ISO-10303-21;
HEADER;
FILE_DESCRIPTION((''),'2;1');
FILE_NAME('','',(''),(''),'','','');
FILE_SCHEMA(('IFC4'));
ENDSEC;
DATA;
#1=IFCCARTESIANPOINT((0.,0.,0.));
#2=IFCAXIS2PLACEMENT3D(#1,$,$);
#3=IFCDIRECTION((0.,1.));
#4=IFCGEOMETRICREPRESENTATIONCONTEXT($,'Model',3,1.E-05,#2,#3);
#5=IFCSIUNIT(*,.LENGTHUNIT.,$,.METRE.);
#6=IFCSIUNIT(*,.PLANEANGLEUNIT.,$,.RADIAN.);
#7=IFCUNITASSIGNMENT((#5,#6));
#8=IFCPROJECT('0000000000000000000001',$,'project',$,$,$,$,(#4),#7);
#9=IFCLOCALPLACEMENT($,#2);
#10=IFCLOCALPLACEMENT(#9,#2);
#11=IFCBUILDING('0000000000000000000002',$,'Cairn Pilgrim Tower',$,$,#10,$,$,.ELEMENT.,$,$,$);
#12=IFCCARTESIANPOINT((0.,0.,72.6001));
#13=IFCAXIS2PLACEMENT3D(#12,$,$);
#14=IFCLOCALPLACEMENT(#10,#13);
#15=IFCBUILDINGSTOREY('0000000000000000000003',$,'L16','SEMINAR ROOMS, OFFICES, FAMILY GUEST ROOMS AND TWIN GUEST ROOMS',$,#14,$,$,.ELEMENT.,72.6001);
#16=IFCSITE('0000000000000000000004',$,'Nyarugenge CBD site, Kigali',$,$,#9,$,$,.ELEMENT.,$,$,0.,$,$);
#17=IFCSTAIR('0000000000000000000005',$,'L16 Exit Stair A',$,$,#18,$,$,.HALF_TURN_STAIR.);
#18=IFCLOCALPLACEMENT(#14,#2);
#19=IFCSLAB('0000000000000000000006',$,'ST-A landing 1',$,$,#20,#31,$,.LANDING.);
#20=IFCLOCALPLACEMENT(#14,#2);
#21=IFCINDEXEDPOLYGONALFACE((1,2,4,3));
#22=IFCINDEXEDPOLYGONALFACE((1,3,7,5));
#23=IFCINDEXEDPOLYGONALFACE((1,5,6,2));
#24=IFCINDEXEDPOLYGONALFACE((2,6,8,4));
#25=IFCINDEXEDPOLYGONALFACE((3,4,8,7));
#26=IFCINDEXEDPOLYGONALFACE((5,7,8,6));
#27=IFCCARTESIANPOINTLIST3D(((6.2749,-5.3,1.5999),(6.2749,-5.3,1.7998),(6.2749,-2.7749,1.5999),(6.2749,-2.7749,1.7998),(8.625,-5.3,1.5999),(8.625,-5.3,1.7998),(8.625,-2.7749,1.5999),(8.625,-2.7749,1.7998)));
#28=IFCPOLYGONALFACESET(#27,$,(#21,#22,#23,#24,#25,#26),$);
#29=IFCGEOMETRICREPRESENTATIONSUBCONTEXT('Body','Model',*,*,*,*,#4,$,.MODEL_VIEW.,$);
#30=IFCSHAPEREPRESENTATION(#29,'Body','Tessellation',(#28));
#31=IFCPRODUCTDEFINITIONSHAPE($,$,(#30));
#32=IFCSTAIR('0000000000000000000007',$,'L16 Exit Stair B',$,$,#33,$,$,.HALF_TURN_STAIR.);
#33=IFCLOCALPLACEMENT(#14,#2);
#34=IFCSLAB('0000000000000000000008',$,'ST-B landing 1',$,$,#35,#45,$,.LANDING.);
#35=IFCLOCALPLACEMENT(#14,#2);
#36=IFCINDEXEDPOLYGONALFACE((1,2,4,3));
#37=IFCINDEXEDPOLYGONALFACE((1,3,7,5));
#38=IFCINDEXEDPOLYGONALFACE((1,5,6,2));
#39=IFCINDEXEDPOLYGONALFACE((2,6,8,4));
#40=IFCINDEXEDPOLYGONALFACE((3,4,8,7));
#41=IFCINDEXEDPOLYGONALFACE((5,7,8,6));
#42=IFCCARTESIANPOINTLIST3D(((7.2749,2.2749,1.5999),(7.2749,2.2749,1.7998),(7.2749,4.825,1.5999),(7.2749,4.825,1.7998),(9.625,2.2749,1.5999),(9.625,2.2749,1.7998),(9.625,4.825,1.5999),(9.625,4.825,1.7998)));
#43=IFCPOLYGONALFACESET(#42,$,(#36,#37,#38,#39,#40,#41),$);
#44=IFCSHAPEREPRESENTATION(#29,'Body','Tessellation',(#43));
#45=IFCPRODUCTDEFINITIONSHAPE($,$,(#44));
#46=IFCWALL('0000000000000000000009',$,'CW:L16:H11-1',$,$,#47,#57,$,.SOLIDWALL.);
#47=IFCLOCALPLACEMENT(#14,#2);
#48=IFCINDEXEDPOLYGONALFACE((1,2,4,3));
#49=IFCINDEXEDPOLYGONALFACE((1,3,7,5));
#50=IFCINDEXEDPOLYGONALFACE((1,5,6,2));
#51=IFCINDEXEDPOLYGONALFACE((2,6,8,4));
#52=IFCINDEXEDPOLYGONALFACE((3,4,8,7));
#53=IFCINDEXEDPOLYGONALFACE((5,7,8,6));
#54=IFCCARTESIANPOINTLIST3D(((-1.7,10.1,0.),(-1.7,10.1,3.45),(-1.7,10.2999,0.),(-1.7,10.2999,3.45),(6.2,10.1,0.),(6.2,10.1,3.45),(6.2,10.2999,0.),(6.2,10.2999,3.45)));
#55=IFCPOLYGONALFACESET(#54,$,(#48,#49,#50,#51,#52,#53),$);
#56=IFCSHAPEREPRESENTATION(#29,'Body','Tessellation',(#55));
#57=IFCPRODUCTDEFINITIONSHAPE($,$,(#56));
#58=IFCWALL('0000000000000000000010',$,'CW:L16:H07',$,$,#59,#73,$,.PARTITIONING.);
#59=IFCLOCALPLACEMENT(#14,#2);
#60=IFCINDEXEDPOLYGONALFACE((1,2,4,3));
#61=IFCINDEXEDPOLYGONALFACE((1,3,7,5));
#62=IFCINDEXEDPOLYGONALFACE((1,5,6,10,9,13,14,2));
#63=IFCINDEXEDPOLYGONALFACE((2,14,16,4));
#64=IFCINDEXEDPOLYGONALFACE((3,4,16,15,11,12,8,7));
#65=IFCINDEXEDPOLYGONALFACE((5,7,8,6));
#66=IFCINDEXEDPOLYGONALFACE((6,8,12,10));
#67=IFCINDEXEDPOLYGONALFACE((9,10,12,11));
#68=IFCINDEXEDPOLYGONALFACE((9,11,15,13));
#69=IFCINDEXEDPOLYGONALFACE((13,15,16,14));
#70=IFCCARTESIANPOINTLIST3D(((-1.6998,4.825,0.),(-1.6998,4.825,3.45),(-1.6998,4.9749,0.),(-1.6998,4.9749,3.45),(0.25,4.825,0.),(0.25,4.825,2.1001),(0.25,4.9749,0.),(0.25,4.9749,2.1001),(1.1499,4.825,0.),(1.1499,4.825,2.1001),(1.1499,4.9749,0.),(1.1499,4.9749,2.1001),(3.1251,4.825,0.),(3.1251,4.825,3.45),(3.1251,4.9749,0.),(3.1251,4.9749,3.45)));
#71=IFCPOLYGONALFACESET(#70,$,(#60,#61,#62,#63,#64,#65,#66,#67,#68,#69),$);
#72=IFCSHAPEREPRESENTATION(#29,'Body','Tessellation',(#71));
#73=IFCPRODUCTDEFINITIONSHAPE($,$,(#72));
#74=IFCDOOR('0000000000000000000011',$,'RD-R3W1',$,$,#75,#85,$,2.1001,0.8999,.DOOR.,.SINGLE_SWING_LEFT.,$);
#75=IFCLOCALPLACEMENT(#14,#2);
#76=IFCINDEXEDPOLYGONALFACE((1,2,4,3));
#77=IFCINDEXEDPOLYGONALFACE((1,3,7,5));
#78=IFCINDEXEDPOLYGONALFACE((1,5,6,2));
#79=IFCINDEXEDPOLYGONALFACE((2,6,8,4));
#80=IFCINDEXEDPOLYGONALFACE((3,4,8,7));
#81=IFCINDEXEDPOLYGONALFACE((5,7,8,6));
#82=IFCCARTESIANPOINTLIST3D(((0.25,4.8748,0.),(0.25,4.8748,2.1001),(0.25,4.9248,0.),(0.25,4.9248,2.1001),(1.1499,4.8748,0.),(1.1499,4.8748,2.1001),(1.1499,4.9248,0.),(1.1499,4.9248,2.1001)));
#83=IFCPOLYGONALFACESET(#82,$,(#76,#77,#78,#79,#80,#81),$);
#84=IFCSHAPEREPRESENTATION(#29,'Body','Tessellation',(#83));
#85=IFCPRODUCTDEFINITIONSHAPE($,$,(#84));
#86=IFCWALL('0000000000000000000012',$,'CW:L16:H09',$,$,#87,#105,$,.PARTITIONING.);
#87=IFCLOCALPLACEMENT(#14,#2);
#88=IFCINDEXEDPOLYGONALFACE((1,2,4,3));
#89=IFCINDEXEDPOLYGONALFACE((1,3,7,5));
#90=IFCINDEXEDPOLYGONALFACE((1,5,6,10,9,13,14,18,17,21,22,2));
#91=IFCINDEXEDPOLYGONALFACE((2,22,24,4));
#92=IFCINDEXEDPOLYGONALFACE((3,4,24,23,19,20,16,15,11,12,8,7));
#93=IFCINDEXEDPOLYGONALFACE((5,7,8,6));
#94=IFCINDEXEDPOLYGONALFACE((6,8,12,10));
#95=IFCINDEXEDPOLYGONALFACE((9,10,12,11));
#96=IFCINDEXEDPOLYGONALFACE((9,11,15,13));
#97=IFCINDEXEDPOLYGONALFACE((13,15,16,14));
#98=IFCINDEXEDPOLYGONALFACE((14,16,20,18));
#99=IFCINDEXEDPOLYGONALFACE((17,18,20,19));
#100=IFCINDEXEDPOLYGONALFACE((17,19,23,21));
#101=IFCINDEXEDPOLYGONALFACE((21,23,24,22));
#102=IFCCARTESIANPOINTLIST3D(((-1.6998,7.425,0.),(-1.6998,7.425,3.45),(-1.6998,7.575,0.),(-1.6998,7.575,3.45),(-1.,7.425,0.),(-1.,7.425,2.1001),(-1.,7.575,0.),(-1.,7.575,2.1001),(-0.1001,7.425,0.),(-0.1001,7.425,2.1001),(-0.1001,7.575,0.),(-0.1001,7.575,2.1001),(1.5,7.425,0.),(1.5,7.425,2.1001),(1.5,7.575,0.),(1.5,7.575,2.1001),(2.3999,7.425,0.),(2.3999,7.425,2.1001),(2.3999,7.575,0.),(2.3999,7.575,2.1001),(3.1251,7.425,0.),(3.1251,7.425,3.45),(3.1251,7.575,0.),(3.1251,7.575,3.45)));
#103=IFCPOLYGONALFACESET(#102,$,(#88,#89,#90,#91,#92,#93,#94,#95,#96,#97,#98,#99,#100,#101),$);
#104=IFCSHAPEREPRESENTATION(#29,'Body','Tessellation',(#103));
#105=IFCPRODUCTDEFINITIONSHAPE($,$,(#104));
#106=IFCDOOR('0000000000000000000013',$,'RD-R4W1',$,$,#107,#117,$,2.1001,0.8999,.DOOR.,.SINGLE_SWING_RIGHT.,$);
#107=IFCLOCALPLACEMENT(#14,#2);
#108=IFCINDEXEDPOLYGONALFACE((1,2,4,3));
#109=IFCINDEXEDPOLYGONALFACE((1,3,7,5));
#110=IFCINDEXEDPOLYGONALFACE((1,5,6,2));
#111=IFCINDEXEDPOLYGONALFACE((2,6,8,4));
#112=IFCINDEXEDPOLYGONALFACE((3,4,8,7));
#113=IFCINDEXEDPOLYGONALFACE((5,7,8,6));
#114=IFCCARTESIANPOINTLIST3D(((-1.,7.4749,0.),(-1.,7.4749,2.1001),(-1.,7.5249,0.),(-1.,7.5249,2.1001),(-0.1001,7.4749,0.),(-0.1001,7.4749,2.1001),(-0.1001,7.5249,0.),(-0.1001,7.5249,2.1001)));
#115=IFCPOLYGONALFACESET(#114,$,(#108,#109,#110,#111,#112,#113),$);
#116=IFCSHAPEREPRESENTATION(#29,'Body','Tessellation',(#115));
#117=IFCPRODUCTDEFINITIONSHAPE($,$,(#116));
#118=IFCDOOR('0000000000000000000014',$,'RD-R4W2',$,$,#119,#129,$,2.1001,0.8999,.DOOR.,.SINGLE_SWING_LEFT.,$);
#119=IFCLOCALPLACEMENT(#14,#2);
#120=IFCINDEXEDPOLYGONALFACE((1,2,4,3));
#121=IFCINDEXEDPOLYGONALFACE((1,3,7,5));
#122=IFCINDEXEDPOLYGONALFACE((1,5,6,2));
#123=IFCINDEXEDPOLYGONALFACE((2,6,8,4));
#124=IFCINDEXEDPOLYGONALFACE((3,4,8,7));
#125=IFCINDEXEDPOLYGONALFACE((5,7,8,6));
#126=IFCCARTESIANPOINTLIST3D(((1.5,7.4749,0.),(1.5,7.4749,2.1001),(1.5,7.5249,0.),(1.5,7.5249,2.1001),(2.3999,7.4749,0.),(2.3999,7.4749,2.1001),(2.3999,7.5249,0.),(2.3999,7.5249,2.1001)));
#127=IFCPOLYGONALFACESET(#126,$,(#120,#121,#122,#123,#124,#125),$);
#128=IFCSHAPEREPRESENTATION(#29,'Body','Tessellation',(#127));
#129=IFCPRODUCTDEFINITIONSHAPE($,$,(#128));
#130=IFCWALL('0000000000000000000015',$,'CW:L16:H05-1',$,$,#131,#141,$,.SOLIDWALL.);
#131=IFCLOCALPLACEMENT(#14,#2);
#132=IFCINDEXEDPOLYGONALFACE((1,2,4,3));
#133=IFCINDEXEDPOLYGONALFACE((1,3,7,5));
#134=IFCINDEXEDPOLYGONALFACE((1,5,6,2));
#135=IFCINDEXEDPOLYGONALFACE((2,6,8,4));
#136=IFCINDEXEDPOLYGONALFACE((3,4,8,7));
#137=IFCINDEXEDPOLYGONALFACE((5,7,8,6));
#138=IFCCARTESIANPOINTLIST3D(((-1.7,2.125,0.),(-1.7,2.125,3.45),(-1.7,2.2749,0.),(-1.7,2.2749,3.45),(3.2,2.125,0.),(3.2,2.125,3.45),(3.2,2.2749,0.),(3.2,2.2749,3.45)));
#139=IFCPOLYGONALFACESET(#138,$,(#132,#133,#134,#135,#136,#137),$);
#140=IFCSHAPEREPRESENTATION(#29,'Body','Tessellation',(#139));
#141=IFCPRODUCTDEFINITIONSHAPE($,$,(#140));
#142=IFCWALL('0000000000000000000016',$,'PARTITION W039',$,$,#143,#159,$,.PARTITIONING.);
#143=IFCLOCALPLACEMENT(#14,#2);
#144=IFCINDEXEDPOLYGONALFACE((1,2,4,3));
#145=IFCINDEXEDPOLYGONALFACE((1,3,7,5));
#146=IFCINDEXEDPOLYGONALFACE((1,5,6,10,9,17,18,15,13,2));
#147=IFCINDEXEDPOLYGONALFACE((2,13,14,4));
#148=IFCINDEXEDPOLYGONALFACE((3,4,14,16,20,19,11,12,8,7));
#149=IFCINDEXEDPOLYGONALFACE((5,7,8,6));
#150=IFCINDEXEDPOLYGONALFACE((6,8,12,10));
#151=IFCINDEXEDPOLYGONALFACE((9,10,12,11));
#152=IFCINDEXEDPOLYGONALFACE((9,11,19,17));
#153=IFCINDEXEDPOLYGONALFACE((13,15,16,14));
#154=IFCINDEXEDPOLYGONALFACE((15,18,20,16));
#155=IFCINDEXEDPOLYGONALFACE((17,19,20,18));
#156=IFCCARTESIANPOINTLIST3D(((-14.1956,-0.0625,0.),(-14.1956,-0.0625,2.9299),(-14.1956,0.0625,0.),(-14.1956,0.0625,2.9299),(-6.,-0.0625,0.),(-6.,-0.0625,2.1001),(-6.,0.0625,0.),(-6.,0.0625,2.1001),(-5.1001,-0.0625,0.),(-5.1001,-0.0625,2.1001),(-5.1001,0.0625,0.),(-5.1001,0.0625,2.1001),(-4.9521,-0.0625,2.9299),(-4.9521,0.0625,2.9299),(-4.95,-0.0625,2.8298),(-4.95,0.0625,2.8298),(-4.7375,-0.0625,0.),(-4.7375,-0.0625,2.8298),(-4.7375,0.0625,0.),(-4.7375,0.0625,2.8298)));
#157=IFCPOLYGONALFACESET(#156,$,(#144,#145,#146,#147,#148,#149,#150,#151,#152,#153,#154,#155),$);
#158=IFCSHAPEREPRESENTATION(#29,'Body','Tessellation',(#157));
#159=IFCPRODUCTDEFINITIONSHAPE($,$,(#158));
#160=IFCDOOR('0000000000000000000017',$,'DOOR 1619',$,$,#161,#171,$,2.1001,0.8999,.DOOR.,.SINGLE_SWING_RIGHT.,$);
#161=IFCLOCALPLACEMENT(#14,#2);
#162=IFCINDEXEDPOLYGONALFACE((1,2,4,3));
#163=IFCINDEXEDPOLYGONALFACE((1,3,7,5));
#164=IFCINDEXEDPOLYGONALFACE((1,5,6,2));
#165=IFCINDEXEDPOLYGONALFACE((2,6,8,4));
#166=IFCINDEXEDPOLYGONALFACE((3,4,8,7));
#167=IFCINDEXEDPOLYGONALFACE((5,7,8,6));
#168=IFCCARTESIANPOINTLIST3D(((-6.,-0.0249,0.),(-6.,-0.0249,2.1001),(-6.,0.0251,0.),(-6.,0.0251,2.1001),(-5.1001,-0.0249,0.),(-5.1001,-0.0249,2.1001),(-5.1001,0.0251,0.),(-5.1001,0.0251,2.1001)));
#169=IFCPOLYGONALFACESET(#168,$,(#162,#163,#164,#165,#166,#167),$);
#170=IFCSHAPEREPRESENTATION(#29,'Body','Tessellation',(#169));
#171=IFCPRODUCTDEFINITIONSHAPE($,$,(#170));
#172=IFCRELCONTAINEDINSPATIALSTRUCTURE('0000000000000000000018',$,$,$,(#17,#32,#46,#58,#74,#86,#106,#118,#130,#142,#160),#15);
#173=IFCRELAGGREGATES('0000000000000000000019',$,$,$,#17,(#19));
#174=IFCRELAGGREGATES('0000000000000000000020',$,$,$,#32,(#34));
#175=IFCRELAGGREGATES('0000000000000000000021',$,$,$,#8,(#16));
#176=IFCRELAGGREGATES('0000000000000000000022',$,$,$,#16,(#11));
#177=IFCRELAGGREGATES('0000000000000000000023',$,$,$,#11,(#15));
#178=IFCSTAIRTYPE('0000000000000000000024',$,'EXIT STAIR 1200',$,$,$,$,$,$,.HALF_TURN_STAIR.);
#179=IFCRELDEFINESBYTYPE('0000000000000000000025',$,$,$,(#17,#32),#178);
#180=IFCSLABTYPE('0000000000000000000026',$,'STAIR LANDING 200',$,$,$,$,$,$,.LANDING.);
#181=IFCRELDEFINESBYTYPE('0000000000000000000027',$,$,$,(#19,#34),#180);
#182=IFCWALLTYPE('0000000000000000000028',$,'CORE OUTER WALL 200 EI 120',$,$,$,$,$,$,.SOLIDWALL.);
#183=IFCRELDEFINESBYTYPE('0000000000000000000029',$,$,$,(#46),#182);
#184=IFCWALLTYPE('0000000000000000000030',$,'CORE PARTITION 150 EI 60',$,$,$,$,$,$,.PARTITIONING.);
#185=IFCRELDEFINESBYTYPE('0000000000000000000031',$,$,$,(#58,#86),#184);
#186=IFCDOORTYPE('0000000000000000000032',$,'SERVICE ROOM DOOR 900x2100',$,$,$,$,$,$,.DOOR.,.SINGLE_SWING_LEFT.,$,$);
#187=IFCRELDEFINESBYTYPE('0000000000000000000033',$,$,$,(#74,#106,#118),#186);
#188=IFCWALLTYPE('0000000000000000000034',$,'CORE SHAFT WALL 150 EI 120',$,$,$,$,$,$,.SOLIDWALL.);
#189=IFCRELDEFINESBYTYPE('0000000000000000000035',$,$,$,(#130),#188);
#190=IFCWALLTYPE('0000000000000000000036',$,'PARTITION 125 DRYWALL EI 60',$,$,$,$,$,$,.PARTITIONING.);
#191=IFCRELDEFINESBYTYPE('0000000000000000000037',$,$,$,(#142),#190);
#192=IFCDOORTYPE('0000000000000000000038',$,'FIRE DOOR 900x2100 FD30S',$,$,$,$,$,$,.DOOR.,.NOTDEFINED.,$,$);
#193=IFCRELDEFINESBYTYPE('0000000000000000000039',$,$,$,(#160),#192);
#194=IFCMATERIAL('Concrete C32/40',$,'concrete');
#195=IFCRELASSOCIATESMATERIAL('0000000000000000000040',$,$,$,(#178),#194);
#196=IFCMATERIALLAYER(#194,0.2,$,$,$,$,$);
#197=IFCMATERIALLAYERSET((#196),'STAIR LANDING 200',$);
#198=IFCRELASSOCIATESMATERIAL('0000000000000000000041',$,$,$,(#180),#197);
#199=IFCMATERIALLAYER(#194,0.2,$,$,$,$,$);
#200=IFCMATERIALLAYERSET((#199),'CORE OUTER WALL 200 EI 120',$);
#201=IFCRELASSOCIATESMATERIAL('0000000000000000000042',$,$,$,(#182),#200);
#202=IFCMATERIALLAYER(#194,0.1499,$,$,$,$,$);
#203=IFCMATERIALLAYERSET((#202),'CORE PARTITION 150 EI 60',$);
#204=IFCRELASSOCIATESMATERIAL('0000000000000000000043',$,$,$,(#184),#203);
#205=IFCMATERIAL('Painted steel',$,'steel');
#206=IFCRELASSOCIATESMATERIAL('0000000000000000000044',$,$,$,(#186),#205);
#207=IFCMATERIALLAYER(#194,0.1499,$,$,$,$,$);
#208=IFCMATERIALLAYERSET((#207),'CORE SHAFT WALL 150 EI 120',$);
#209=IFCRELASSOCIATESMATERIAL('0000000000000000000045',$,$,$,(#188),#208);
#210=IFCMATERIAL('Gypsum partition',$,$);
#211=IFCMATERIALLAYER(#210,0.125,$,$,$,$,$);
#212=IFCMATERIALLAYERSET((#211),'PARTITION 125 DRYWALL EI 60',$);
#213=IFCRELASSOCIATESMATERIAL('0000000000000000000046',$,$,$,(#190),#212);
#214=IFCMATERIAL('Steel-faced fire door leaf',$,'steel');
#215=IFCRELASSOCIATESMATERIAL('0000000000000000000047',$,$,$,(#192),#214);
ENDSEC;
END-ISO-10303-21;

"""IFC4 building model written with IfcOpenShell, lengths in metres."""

from ifc_helpers import new_model, si_unit, direction, frame, frame_2d, origin, place, context, subcontext, project, spatial, polyline, rectangle, outline, extrude, material, layer, layer_set, type_object, element, fill, aggregate, save


model = new_model("IFC4")

# Units and contexts
model_context = context("Model", 3, precision=1e-05, world=origin(), true_north=direction((0.0, 1.0)))
body_context = subcontext(model_context, "Body", "Model", "MODEL_VIEW")
ifc_project = project(units=[si_unit("LENGTHUNIT", "METRE"), si_unit("PLANEANGLEUNIT", "RADIAN")], contexts=[model_context])

# Site, building, storey
site_placement = place(None, origin())
site = spatial("IfcSite", under=ifc_project, at=site_placement, Name="Nyarugenge CBD site, Kigali", CompositionType="ELEMENT", RefElevation=0.0)
building_placement = place(site_placement, origin())
building = spatial("IfcBuilding", under=site, at=building_placement, Name="Cairn Pilgrim Tower", CompositionType="ELEMENT")
storey_placement = place(building_placement, frame((0.0, 0.0, 72.6001)))
storey = spatial("IfcBuildingStorey", under=building, at=storey_placement, Name="L16", Description="SEMINAR ROOMS, OFFICES, FAMILY GUEST ROOMS AND TWIN GUEST ROOMS", CompositionType="ELEMENT", Elevation=72.6001)

# Stairs, slabs
ifc_material_1 = material(Name="Concrete C32/40", Category="concrete")
stair_type = type_object("IfcStairType", Name="EXIT STAIR 1200", PredefinedType="HALF_TURN_STAIR", material=ifc_material_1)
stair_1_placement = place(storey_placement, origin())
stair_1 = element("IfcStair", 1, at=stair_1_placement, inside=storey, type_object=stair_type, Name="L16 Exit Stair A", PredefinedType="HALF_TURN_STAIR")
ifc_layer_1 = layer(ifc_material_1, 0.2)
ifc_layer_set_1 = layer_set([ifc_layer_1], Name="STAIR LANDING 200")
slab_type_1 = type_object("IfcSlabType", Name="STAIR LANDING 200", PredefinedType="LANDING", material=ifc_layer_set_1)
slab_1_placement = place(storey_placement, frame((0.0, 0.0, 1.5999)))
slab_1 = element("IfcSlab", 2, at=slab_1_placement, type_object=slab_type_1, Name="ST-A landing 1", PredefinedType="LANDING", context=body_context, shape_type="SweptSolid", body=[
    extrude(outline(polyline([(8.625, -2.7749), (6.2749, -2.7749), (6.2749, -5.3), (8.625, -5.3), (8.625, -2.7749)])), origin(), (0.0, 0.0, 1.0), 0.2),
])
aggregate(stair_1, [slab_1])
stair_2_placement = place(storey_placement, origin())
stair_2 = element("IfcStair", 3, at=stair_2_placement, inside=storey, type_object=stair_type, Name="L16 Exit Stair B", PredefinedType="HALF_TURN_STAIR")
slab_2_placement = place(storey_placement, frame((0.0, 0.0, 1.5999)))
slab_2 = element("IfcSlab", 4, at=slab_2_placement, type_object=slab_type_1, Name="ST-B landing 1", PredefinedType="LANDING", context=body_context, shape_type="SweptSolid", body=[
    extrude(outline(polyline([(7.2749, 2.2749), (9.625, 2.2749), (9.625, 4.825), (7.2749, 4.825), (7.2749, 2.2749)])), origin(), (0.0, 0.0, 1.0), 0.2),
])
aggregate(stair_2, [slab_2])

# Wall
ifc_layer_2 = layer(ifc_material_1, 0.2)
ifc_layer_set_2 = layer_set([ifc_layer_2], Name="CORE OUTER WALL 200 EI 120")
wall_type_1 = type_object("IfcWallType", Name="CORE OUTER WALL 200 EI 120", PredefinedType="SOLIDWALL", material=ifc_layer_set_2)
wall_1_placement = place(storey_placement, frame((-1.7, 10.2, 0.0), z_axis=(0.0, 0.0, 1.0), x_axis=(1.0, 0.0, 0.0)))
element("IfcWall", 5, at=wall_1_placement, inside=storey, type_object=wall_type_1, Name="CW:L16:H11-1", PredefinedType="SOLIDWALL", context=body_context, shape_type="SweptSolid", body=[
    extrude(rectangle(XDim=7.8999, YDim=0.2, at=frame_2d((3.95, 0.0))), origin(), (0.0, 0.0, 1.0), 3.45),
])

# Wall, opening, door
ifc_layer_3 = layer(ifc_material_1, 0.1499)
ifc_layer_set_3 = layer_set([ifc_layer_3], Name="CORE PARTITION 150 EI 60")
wall_type_2 = type_object("IfcWallType", Name="CORE PARTITION 150 EI 60", PredefinedType="PARTITIONING", material=ifc_layer_set_3)
wall_2_placement = place(storey_placement, frame((-1.7, 4.8999, 0.0), z_axis=(0.0, 0.0, 1.0), x_axis=(1.0, 0.0, 0.0)))
wall_2 = element("IfcWall", 6, at=wall_2_placement, inside=storey, type_object=wall_type_2, Name="CW:L16:H07", PredefinedType="PARTITIONING", context=body_context, shape_type="SweptSolid", body=[
    extrude(rectangle(XDim=4.825, YDim=0.1499, at=frame_2d((2.4126, 0.0))), origin(), (0.0, 0.0, 1.0), 3.45),
])
opening_1_placement = place(wall_2_placement, frame((1.95, 0.0, 0.0)))
opening_1 = element("IfcOpeningElement", 7, at=opening_1_placement, cuts=wall_2, PredefinedType="OPENING", context=body_context, shape_type="SweptSolid", body=[
    extrude(rectangle(XDim=0.8999, YDim=2.1001, at=frame_2d((0.45, 1.05))), frame((0.0, 0.085, 0.0), z_axis=(0.0, -1.0, 0.0), x_axis=(1.0, 0.0, 0.0)), (0.0, 0.0, 1.0), 0.1699),
])
ifc_material_2 = material(Name="Painted steel", Category="steel")
door_type_1 = type_object("IfcDoorType", Name="SERVICE ROOM DOOR 900x2100", OperationType="SINGLE_SWING_LEFT", PredefinedType="DOOR", material=ifc_material_2)
door_1_placement = place(opening_1_placement, origin())
door_1 = element("IfcDoor", 8, at=door_1_placement, inside=storey, type_object=door_type_1, Name="RD-R3W1", OperationType="SINGLE_SWING_LEFT", OverallHeight=2.1001, OverallWidth=0.8999, PredefinedType="DOOR", context=body_context, shape_type="SweptSolid", body=[
    extrude(rectangle(XDim=0.8999, YDim=2.1001, at=frame_2d((0.45, 1.05))), frame((0.0, 0.0249, 0.0), z_axis=(0.0, -1.0, 0.0), x_axis=(1.0, 0.0, 0.0)), (0.0, 0.0, 1.0), 0.05),
])
fill(opening_1, door_1)

# Wall, openings, doors
wall_3_placement = place(storey_placement, frame((-1.7, 7.5, 0.0), z_axis=(0.0, 0.0, 1.0), x_axis=(1.0, 0.0, 0.0)))
wall_3 = element("IfcWall", 9, at=wall_3_placement, inside=storey, type_object=wall_type_2, Name="CW:L16:H09", PredefinedType="PARTITIONING", context=body_context, shape_type="SweptSolid", body=[
    extrude(rectangle(XDim=4.825, YDim=0.1499, at=frame_2d((2.4126, 0.0))), origin(), (0.0, 0.0, 1.0), 3.45),
])
opening_2_placement = place(wall_3_placement, frame((0.7, 0.0, 0.0)))
opening_2 = element("IfcOpeningElement", 10, at=opening_2_placement, cuts=wall_3, PredefinedType="OPENING", context=body_context, shape_type="SweptSolid", body=[
    extrude(rectangle(XDim=0.8999, YDim=2.1001, at=frame_2d((0.45, 1.05))), frame((0.0, 0.085, 0.0), z_axis=(0.0, -1.0, 0.0), x_axis=(1.0, 0.0, 0.0)), (0.0, 0.0, 1.0), 0.1699),
])
opening_3_placement = place(wall_3_placement, frame((3.2, 0.0, 0.0)))
opening_3 = element("IfcOpeningElement", 11, at=opening_3_placement, cuts=wall_3, PredefinedType="OPENING", context=body_context, shape_type="SweptSolid", body=[
    extrude(rectangle(XDim=0.8999, YDim=2.1001, at=frame_2d((0.45, 1.05))), frame((0.0, 0.085, 0.0), z_axis=(0.0, -1.0, 0.0), x_axis=(1.0, 0.0, 0.0)), (0.0, 0.0, 1.0), 0.1699),
])
door_2_placement = place(opening_2_placement, origin())
door_2 = element("IfcDoor", 12, at=door_2_placement, inside=storey, type_object=door_type_1, Name="RD-R4W1", OperationType="SINGLE_SWING_RIGHT", OverallHeight=2.1001, OverallWidth=0.8999, PredefinedType="DOOR", context=body_context, shape_type="SweptSolid", body=[
    extrude(rectangle(XDim=0.8999, YDim=2.1001, at=frame_2d((0.45, 1.05))), frame((0.0, 0.0249, 0.0), z_axis=(0.0, -1.0, 0.0), x_axis=(1.0, 0.0, 0.0)), (0.0, 0.0, 1.0), 0.05),
])
fill(opening_2, door_2)
door_3_placement = place(opening_3_placement, origin())
door_3 = element("IfcDoor", 13, at=door_3_placement, inside=storey, type_object=door_type_1, Name="RD-R4W2", OperationType="SINGLE_SWING_LEFT", OverallHeight=2.1001, OverallWidth=0.8999, PredefinedType="DOOR", context=body_context, shape_type="SweptSolid", body=[
    extrude(rectangle(XDim=0.8999, YDim=2.1001, at=frame_2d((0.45, 1.05))), frame((0.0, 0.0249, 0.0), z_axis=(0.0, -1.0, 0.0), x_axis=(1.0, 0.0, 0.0)), (0.0, 0.0, 1.0), 0.05),
])
fill(opening_3, door_3)

# Wall
ifc_layer_4 = layer(ifc_material_1, 0.1499)
ifc_layer_set_4 = layer_set([ifc_layer_4], Name="CORE SHAFT WALL 150 EI 120")
wall_type_3 = type_object("IfcWallType", Name="CORE SHAFT WALL 150 EI 120", PredefinedType="SOLIDWALL", material=ifc_layer_set_4)
wall_4_placement = place(storey_placement, frame((-1.7, 2.2, 0.0), z_axis=(0.0, 0.0, 1.0), x_axis=(1.0, 0.0, 0.0)))
element("IfcWall", 14, at=wall_4_placement, inside=storey, type_object=wall_type_3, Name="CW:L16:H05-1", PredefinedType="SOLIDWALL", context=body_context, shape_type="SweptSolid", body=[
    extrude(rectangle(XDim=4.8999, YDim=0.1499, at=frame_2d((2.45, 0.0))), origin(), (0.0, 0.0, 1.0), 3.45),
])

# Wall, opening, door
ifc_material_3 = material(Name="Gypsum partition")
ifc_layer_5 = layer(ifc_material_3, 0.125)
ifc_layer_set_5 = layer_set([ifc_layer_5], Name="PARTITION 125 DRYWALL EI 60")
wall_type_4 = type_object("IfcWallType", Name="PARTITION 125 DRYWALL EI 60", PredefinedType="PARTITIONING", material=ifc_layer_set_5)
wall_5_placement = place(storey_placement, frame((-14.1956, 0.0, 0.0), z_axis=(0.0, 0.0, 1.0), x_axis=(1.0, 0.0, 0.0)))
wall_5 = element("IfcWall", 15, at=wall_5_placement, inside=storey, type_object=wall_type_4, Name="PARTITION W039", PredefinedType="PARTITIONING", context=body_context, shape_type="SweptSolid", body=[
    extrude(outline(polyline([(0.0, 0.0), (9.458, 0.0), (9.458, 2.8298), (9.2456, 2.8298), (9.2434, 2.9299), (0.0, 2.9299), (0.0, 0.0)])), frame((0.0, 0.0625, 0.0), z_axis=(0.0, -1.0, 0.0), x_axis=(1.0, 0.0, 0.0)), (0.0, 0.0, 1.0), 0.125),
])
opening_4_placement = place(wall_5_placement, frame((8.1956, 0.0, 0.0)))
opening_4 = element("IfcOpeningElement", 16, at=opening_4_placement, cuts=wall_5, PredefinedType="OPENING", context=body_context, shape_type="SweptSolid", body=[
    extrude(rectangle(XDim=0.8999, YDim=2.1001, at=frame_2d((0.45, 1.05))), frame((0.0, 0.0725, 0.0), z_axis=(0.0, -1.0, 0.0), x_axis=(1.0, 0.0, 0.0)), (0.0, 0.0, 1.0), 0.145),
])
ifc_material_4 = material(Name="Steel-faced fire door leaf", Category="steel")
door_type_2 = type_object("IfcDoorType", Name="FIRE DOOR 900x2100 FD30S", OperationType="NOTDEFINED", PredefinedType="DOOR", material=ifc_material_4)
door_4_placement = place(opening_4_placement, frame((0.8999, 0.0, 0.0), z_axis=(0.0, 0.0, 1.0), x_axis=(-1.0, 0.0, 0.0)))
door_4 = element("IfcDoor", 17, at=door_4_placement, inside=storey, type_object=door_type_2, Name="DOOR 1619", OperationType="SINGLE_SWING_RIGHT", OverallHeight=2.1001, OverallWidth=0.8999, PredefinedType="DOOR", context=body_context, shape_type="SweptSolid", body=[
    extrude(rectangle(XDim=0.8999, YDim=2.1001, at=frame_2d((0.45, 1.05))), frame((0.0, 0.0249, 0.0), z_axis=(0.0, -1.0, 0.0), x_axis=(1.0, 0.0, 0.0)), (0.0, 0.0, 1.0), 0.05),
])
fill(opening_4, door_4)

save(model, "model.ifc")
